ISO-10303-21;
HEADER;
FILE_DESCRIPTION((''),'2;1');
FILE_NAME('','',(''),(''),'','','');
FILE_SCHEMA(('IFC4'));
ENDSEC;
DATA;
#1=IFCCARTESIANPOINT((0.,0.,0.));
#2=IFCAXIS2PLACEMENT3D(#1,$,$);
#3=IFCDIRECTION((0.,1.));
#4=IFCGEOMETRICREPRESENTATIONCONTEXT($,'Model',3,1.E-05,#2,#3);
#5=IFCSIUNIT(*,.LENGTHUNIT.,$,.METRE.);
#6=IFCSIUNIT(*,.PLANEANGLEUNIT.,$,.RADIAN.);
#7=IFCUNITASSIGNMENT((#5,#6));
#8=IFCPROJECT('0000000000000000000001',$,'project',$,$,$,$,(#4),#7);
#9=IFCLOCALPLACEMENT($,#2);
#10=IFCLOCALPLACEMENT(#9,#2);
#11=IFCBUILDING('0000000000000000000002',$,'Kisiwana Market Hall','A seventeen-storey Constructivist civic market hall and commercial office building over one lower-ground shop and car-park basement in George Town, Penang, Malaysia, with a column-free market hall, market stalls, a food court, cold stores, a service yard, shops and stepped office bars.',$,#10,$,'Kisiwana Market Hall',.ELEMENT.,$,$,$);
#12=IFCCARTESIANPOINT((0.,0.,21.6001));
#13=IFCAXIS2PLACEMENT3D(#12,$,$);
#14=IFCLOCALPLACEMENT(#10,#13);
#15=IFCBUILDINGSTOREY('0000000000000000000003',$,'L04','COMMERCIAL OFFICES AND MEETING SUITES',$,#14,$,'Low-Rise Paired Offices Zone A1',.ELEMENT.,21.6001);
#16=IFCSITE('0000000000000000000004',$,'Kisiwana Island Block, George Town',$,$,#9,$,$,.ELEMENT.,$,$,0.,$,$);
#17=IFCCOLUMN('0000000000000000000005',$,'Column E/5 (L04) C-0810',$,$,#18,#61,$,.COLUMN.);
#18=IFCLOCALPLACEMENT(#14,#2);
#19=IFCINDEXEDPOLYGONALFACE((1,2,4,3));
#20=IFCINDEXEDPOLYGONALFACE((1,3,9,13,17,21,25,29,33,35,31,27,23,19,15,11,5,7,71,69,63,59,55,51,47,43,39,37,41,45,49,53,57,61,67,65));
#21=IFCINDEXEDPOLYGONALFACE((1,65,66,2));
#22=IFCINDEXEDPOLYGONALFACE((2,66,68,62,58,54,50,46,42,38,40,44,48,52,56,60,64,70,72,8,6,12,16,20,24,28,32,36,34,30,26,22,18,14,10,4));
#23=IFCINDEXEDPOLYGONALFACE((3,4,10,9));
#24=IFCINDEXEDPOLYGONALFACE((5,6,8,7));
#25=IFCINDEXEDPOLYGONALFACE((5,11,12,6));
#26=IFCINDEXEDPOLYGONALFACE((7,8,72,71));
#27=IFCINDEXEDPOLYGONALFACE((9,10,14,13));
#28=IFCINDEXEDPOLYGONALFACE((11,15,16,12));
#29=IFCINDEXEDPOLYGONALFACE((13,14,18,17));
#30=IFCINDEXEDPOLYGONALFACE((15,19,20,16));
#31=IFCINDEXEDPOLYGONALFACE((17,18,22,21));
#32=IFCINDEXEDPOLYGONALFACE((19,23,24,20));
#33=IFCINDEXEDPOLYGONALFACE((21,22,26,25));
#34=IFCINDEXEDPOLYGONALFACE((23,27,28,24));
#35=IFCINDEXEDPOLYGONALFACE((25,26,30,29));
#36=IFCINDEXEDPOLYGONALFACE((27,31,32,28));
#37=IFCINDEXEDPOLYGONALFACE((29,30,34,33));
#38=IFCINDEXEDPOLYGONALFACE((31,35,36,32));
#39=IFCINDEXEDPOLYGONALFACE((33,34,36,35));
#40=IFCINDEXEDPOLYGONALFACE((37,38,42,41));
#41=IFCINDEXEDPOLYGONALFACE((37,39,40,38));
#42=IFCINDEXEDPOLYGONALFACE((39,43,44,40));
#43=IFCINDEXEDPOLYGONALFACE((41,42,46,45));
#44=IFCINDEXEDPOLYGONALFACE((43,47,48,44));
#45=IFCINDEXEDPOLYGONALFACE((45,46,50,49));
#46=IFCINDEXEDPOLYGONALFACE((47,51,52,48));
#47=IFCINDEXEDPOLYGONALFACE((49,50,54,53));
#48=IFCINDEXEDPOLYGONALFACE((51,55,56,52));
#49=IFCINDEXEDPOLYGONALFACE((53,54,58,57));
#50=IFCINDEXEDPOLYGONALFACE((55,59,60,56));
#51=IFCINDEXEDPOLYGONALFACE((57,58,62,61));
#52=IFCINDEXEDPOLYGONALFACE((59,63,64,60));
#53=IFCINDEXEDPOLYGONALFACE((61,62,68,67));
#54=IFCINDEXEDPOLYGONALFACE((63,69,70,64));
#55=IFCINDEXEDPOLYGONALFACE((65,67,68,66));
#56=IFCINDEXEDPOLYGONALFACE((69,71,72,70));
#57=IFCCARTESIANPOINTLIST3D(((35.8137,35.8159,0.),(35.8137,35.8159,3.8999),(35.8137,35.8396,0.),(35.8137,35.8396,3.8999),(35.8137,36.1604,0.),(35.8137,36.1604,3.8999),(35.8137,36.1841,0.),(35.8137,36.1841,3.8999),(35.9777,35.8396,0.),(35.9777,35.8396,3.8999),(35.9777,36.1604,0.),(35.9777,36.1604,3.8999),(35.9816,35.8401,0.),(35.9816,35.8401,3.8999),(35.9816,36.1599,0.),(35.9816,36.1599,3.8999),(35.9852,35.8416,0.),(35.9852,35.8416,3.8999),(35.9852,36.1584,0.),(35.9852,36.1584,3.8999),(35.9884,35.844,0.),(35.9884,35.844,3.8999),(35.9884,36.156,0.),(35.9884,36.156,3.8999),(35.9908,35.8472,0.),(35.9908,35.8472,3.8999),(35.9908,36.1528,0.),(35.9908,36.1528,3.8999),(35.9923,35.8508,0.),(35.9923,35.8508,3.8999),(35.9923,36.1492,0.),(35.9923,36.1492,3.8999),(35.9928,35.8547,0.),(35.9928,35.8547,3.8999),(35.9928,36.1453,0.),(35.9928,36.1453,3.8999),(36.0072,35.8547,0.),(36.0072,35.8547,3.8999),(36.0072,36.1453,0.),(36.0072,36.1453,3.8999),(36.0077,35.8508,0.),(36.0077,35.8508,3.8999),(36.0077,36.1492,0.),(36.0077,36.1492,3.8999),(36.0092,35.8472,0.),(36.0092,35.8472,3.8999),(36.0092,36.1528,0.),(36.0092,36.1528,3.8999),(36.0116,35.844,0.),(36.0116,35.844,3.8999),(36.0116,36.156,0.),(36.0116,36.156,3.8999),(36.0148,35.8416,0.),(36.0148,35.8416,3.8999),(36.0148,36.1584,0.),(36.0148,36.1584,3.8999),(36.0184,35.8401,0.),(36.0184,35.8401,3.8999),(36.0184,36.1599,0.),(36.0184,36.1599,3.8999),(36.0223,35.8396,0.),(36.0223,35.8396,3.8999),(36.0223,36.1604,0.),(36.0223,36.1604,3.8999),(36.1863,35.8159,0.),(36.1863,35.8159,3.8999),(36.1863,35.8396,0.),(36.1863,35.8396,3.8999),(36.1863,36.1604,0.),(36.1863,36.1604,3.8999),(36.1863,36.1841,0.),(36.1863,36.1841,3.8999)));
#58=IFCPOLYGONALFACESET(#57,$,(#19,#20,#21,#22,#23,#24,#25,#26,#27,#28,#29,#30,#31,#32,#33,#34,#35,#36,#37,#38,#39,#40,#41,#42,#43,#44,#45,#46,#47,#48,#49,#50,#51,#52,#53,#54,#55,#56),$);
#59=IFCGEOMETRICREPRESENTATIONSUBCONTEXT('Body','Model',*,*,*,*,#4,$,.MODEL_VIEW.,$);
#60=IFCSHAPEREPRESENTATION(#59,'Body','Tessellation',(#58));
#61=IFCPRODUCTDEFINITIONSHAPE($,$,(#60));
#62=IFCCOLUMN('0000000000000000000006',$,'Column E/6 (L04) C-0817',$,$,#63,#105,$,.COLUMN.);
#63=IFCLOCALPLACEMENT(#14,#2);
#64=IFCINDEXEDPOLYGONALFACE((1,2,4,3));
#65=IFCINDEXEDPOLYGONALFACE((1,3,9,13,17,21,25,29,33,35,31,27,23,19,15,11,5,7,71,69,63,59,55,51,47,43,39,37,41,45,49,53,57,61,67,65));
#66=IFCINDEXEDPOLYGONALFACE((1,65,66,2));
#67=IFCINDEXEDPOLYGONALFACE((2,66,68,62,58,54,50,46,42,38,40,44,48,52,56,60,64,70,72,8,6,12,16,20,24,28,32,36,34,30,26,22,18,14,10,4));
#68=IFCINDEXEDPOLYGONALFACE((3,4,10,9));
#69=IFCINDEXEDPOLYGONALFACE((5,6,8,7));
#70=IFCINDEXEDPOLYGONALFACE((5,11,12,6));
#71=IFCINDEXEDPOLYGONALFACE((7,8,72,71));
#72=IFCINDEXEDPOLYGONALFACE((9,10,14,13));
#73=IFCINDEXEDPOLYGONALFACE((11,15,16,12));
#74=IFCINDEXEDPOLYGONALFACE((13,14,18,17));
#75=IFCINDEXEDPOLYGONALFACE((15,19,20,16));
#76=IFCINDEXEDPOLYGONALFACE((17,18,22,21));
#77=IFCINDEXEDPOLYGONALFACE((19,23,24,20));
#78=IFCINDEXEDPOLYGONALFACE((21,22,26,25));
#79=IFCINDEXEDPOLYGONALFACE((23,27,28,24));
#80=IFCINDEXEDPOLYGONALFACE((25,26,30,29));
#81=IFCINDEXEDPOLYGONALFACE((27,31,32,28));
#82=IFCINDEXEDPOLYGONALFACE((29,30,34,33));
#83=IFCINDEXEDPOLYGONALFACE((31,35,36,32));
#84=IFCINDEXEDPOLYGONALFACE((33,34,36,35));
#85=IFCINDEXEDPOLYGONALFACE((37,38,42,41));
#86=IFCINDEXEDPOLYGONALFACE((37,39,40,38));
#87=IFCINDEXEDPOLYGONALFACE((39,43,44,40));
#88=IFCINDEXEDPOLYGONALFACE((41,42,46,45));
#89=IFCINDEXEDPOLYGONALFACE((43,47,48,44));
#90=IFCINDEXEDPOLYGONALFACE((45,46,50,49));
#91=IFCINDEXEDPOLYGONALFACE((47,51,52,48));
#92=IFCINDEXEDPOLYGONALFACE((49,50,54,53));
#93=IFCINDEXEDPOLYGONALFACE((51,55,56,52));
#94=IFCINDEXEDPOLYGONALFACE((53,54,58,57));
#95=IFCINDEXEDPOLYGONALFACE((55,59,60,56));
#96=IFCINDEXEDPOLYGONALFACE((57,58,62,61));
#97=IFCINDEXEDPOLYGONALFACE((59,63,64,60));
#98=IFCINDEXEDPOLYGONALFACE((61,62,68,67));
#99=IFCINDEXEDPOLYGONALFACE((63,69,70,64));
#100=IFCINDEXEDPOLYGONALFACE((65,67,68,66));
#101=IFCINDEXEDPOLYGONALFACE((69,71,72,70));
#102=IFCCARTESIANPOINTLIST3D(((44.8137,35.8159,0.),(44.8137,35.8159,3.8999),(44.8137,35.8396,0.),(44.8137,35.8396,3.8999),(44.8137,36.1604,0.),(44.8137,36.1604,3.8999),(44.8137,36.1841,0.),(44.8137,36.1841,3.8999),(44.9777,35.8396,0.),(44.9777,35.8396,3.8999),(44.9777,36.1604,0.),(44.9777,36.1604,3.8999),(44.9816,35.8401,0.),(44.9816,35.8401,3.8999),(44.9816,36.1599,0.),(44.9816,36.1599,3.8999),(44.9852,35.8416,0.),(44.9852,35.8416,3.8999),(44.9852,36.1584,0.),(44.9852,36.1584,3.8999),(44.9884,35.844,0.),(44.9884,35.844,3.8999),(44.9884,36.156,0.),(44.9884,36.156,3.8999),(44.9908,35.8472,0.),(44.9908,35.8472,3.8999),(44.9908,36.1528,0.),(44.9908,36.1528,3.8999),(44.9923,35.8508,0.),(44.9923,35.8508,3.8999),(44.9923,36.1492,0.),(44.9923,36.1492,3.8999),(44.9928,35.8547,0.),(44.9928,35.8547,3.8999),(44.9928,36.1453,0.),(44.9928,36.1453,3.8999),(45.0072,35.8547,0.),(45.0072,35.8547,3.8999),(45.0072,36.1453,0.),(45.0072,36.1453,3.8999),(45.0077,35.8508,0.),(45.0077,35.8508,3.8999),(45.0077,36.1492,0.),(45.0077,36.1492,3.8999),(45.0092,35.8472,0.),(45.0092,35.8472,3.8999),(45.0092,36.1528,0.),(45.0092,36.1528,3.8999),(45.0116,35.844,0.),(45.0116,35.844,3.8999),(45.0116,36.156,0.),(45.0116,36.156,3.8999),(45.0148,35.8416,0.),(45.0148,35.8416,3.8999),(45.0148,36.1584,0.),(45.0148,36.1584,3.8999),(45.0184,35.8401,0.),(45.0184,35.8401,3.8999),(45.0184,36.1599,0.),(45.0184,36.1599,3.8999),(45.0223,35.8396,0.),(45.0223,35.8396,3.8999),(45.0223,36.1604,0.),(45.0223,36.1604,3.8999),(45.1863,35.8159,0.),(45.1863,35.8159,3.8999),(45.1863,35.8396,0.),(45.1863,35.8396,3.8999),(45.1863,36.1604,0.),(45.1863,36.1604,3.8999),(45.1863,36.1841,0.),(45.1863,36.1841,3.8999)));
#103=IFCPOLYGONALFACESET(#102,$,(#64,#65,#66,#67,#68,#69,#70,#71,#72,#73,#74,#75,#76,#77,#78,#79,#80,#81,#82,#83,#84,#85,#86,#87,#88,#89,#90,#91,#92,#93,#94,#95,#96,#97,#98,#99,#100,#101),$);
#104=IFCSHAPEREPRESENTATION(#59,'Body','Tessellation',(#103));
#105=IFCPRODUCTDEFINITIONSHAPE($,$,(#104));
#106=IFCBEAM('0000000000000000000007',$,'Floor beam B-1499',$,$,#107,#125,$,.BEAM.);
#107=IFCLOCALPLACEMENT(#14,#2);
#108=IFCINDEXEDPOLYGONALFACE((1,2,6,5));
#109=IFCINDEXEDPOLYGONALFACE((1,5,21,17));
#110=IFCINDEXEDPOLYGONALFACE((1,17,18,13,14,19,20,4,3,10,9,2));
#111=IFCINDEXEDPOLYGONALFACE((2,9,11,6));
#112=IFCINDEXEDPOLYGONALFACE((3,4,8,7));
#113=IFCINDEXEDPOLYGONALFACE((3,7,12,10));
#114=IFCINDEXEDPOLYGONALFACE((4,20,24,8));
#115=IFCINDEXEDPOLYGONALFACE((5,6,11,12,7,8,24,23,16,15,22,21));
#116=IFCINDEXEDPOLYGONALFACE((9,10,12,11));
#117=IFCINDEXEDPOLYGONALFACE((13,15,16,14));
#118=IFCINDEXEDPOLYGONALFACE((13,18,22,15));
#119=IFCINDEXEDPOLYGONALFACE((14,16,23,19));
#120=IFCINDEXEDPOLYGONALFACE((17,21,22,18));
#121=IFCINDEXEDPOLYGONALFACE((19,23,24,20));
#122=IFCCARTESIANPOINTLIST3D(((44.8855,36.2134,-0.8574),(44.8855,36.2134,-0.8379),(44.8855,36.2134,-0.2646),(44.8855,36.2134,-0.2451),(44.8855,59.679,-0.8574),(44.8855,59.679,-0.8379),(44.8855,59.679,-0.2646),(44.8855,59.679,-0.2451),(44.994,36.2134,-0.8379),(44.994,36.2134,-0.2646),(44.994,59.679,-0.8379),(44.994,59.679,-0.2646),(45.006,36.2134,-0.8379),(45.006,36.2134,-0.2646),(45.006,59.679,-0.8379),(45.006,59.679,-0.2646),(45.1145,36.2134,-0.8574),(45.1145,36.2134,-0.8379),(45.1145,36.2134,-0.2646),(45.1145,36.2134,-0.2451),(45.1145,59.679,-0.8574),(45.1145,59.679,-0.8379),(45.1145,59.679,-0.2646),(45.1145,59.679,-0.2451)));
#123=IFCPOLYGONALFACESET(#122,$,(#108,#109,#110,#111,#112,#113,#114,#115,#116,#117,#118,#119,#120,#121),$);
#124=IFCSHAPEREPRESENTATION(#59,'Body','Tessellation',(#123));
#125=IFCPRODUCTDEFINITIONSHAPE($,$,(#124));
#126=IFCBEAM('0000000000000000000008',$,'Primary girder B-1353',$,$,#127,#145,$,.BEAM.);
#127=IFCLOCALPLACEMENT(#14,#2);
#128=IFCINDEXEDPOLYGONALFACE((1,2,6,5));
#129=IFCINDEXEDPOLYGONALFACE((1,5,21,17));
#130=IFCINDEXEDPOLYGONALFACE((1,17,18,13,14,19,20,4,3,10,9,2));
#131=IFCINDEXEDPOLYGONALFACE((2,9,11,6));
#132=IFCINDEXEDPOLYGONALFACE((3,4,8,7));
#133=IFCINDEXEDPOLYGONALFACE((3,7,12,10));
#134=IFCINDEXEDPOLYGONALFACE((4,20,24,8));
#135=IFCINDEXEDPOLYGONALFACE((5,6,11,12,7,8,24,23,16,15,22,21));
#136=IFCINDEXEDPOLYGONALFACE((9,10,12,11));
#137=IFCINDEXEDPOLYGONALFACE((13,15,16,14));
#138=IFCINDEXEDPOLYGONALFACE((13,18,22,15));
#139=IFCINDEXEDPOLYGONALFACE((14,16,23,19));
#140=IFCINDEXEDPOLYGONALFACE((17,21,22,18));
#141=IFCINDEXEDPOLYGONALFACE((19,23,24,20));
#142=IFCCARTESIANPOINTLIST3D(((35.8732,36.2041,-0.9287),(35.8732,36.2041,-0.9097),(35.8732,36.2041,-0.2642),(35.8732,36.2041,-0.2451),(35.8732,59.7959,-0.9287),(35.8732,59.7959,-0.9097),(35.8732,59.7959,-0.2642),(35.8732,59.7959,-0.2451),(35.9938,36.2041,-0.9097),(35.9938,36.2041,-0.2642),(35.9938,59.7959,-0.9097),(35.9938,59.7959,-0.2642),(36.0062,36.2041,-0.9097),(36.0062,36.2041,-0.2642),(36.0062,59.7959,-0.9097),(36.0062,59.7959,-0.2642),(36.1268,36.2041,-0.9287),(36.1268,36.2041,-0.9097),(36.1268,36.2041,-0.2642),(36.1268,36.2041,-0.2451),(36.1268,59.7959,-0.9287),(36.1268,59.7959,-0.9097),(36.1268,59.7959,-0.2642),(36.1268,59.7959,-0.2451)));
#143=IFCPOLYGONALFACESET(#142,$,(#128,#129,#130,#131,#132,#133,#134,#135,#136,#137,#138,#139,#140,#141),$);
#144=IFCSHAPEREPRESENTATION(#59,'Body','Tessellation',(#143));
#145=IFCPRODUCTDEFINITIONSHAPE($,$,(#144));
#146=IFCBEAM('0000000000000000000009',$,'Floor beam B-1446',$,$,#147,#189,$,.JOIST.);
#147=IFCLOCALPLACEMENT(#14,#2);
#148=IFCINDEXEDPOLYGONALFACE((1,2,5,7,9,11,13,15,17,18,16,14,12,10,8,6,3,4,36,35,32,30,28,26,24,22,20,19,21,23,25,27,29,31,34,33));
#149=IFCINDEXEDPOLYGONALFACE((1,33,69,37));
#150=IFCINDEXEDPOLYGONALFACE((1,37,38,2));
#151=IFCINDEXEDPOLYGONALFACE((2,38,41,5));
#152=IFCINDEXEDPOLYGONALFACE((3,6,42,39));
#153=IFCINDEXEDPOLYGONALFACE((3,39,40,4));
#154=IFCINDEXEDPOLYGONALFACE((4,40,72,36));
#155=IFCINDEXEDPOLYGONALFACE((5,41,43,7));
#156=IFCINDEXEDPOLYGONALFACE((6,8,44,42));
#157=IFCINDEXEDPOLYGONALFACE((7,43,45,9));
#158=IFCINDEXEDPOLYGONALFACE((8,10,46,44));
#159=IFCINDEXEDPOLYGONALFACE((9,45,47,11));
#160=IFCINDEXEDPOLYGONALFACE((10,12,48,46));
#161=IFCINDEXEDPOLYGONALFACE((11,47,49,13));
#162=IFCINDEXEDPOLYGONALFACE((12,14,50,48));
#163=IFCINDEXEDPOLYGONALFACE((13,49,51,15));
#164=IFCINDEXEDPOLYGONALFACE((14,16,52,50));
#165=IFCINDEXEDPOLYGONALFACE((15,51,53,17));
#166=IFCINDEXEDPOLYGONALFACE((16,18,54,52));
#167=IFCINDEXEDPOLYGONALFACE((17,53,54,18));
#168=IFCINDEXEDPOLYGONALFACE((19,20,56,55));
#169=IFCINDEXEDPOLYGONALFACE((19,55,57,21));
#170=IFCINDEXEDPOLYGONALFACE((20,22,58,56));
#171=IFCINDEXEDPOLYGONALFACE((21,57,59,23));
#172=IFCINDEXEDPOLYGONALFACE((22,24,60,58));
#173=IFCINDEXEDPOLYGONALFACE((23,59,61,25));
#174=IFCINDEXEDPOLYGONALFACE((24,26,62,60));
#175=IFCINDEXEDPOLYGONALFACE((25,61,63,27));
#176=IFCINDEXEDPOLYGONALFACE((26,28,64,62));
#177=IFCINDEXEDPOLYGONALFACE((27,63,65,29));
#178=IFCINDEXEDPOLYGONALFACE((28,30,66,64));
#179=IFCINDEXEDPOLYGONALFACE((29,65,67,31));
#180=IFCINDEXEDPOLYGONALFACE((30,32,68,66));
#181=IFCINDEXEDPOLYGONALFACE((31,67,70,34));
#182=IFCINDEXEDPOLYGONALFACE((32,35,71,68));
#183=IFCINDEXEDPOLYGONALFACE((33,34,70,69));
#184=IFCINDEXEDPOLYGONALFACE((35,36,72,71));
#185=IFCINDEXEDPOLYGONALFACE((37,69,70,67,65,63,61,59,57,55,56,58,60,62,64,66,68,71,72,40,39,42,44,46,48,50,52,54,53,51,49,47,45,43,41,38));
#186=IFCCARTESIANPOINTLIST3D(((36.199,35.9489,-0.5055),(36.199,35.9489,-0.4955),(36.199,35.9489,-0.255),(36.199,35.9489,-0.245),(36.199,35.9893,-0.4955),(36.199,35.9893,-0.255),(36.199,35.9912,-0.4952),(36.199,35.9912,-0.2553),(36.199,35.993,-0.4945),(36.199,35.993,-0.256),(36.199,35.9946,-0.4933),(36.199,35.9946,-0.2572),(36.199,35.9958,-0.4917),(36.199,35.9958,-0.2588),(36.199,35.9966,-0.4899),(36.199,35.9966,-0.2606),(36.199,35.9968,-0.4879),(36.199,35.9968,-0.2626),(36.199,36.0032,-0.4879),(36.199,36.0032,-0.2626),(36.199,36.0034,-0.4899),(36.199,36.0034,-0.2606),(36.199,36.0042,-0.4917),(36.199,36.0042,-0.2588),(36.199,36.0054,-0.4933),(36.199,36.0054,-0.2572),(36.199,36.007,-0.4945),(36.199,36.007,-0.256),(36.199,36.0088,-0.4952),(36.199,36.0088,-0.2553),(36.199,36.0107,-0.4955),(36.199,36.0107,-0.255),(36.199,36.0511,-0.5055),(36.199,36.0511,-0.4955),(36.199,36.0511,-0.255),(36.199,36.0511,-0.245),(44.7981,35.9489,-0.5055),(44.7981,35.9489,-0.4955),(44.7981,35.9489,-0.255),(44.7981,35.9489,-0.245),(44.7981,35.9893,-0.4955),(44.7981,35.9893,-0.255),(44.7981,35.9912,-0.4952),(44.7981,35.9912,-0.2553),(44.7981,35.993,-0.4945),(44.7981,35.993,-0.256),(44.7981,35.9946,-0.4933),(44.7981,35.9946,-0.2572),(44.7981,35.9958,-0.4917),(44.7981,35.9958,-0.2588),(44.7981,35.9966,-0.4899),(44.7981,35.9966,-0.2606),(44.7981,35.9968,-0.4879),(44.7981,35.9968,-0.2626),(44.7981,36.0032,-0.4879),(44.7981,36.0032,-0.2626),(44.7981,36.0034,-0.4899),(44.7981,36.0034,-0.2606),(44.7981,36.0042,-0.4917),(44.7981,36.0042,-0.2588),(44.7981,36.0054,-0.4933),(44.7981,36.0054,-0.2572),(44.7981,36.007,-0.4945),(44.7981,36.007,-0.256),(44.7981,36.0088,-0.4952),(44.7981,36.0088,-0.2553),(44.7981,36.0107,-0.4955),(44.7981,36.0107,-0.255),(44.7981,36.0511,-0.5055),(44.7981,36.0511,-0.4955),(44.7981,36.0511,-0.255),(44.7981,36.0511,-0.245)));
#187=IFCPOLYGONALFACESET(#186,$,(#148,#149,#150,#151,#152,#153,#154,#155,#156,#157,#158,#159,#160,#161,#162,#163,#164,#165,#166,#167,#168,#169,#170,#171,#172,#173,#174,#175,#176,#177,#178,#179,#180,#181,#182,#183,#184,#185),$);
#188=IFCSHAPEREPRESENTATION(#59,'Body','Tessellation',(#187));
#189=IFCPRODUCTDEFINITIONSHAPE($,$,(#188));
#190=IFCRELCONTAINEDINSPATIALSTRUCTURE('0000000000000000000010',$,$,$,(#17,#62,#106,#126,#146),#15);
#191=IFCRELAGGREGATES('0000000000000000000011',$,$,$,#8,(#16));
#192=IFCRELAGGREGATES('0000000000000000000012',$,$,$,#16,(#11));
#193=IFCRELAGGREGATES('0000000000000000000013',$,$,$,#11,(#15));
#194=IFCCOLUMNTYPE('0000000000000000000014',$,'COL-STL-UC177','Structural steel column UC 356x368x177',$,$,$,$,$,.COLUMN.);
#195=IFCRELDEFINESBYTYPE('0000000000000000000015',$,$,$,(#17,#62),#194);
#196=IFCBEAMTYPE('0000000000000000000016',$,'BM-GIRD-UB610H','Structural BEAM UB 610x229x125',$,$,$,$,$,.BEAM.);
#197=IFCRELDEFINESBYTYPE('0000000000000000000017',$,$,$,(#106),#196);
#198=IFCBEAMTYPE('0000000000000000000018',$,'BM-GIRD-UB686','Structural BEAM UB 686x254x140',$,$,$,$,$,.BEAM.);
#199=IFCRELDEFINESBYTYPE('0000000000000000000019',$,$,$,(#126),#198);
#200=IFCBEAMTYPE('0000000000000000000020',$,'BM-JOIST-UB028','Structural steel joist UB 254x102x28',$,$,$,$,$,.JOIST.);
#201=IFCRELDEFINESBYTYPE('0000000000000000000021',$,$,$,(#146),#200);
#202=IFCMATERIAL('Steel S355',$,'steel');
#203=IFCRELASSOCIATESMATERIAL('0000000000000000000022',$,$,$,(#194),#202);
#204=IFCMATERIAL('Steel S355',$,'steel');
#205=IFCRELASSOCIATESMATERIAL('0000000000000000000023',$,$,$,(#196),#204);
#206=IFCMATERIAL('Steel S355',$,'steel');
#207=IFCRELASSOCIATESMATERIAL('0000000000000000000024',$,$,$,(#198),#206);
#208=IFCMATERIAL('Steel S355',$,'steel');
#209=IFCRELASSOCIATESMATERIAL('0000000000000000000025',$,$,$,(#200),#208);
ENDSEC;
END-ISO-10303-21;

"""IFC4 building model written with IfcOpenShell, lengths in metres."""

from ifc_helpers import new_model, si_unit, direction, frame, origin, origin_2d, place, context, subcontext, project, spatial, i_section, extrude, material, material_profile, profile_set, type_object, element, save


model = new_model("IFC4")

# Units and contexts
model_context = context("Model", 3, precision=1e-05, world=origin(), true_north=direction((0.0, 1.0)))
body_context = subcontext(model_context, "Body", "Model", "MODEL_VIEW")
ifc_project = project(units=[si_unit("LENGTHUNIT", "METRE"), si_unit("PLANEANGLEUNIT", "RADIAN")], contexts=[model_context])

# Site, building, storey
site_placement = place(None, origin())
site = spatial("IfcSite", under=ifc_project, at=site_placement, Name="Kisiwana Island Block, George Town", CompositionType="ELEMENT", RefElevation=0.0)
building_placement = place(site_placement, origin())
building = spatial("IfcBuilding", under=site, at=building_placement, Name="Kisiwana Market Hall", Description="A seventeen-storey Constructivist civic market hall and commercial office building over one lower-ground shop and car-park basement in George Town, Penang, Malaysia, with a column-free market hall, market stalls, a food court, cold stores, a service yard, shops and stepped office bars.", LongName="Kisiwana Market Hall", CompositionType="ELEMENT")
storey_placement = place(building_placement, frame((0.0, 0.0, 21.6001)))
storey = spatial("IfcBuildingStorey", under=building, at=storey_placement, Name="L04", Description="COMMERCIAL OFFICES AND MEETING SUITES", LongName="Low-Rise Paired Offices Zone A1", CompositionType="ELEMENT", Elevation=21.6001)

# Columns
ifc_material_1 = material(Name="Steel S355", Category="steel")
ifc_material_profile_1 = material_profile(ifc_material_1, i_section(OverallWidth=0.3726, OverallDepth=0.3682, WebThickness=0.0144, FlangeThickness=0.0237, FilletRadius=0.0151, at=origin_2d()), Name="UC 356x368x177")
ifc_profile_set_1 = profile_set([ifc_material_profile_1], Name="Steel S355")
column_type = type_object("IfcColumnType", Name="COL-STL-UC177", Description="Structural steel column UC 356x368x177", PredefinedType="COLUMN", material=ifc_profile_set_1)
for number, where, z_axis, x_axis, name in (
    (1, (36.0, 36.0, 0.0), (0.0, 0.0, 1.0), (1.0, 0.0, 0.0), "Column E/5 (L04) C-0810"),
    (2, (45.0, 36.0, 0.0), (0.0, 0.0, 1.0), (1.0, 0.0, 0.0), "Column E/6 (L04) C-0817"),
):
    element("IfcColumn", number, at=place(storey_placement, frame(where, z_axis=z_axis, x_axis=x_axis)), inside=storey, type_object=column_type, Name=name, PredefinedType="COLUMN", context=body_context, shape_type="SweptSolid", body=[
        extrude(i_section(OverallWidth=0.3726, OverallDepth=0.3682, WebThickness=0.0144, FlangeThickness=0.0237, FilletRadius=0.0151, at=origin_2d()), origin(), (0.0, 0.0, 1.0), 3.8999),
    ])

# Beams
ifc_material_2 = material(Name="Steel S355", Category="steel")
ifc_material_profile_2 = material_profile(ifc_material_2, i_section(OverallWidth=0.229, OverallDepth=0.6123, WebThickness=0.012, FlangeThickness=0.0195, at=origin_2d()), Name="UB 610x229x125")
ifc_profile_set_2 = profile_set([ifc_material_profile_2], Name="Steel S355")
beam_type_1 = type_object("IfcBeamType", Name="BM-GIRD-UB610H", Description="Structural BEAM UB 610x229x125", PredefinedType="BEAM", material=ifc_profile_set_2)
beam_1_placement = place(storey_placement, frame((45.0, 36.2134, -0.5513), z_axis=(0.0, 1.0, 0.0), x_axis=(-1.0, 0.0, 0.0)))
element("IfcBeam", 3, at=beam_1_placement, inside=storey, type_object=beam_type_1, Name="Floor beam B-1499", PredefinedType="BEAM", context=body_context, shape_type="SweptSolid", body=[
    extrude(i_section(OverallWidth=0.229, OverallDepth=0.6123, WebThickness=0.012, FlangeThickness=0.0195, at=origin_2d()), origin(), (0.0, 0.0, 1.0), 23.4656),
])
ifc_material_3 = material(Name="Steel S355", Category="steel")
ifc_material_profile_3 = material_profile(ifc_material_3, i_section(OverallWidth=0.2537, OverallDepth=0.6836, WebThickness=0.0125, FlangeThickness=0.019, at=origin_2d()), Name="UB 686x254x140")
ifc_profile_set_3 = profile_set([ifc_material_profile_3], Name="Steel S355")
beam_type_2 = type_object("IfcBeamType", Name="BM-GIRD-UB686", Description="Structural BEAM UB 686x254x140", PredefinedType="BEAM", material=ifc_profile_set_3)
beam_2_placement = place(storey_placement, frame((36.0, 36.2041, -0.5869), z_axis=(0.0, 1.0, 0.0), x_axis=(-1.0, 0.0, 0.0)))
element("IfcBeam", 4, at=beam_2_placement, inside=storey, type_object=beam_type_2, Name="Primary girder B-1353", PredefinedType="BEAM", context=body_context, shape_type="SweptSolid", body=[
    extrude(i_section(OverallWidth=0.2537, OverallDepth=0.6836, WebThickness=0.0125, FlangeThickness=0.019, at=origin_2d()), origin(), (0.0, 0.0, 1.0), 23.5918),
])
ifc_material_4 = material(Name="Steel S355", Category="steel")
ifc_material_profile_4 = material_profile(ifc_material_4, i_section(OverallWidth=0.1023, OverallDepth=0.2605, WebThickness=0.0063, FlangeThickness=0.01, FilletRadius=0.0076, at=origin_2d()), Name="UB 254x102x28")
ifc_profile_set_4 = profile_set([ifc_material_profile_4], Name="Steel S355")
beam_type_3 = type_object("IfcBeamType", Name="BM-JOIST-UB028", Description="Structural steel joist UB 254x102x28", PredefinedType="JOIST", material=ifc_profile_set_4)
beam_3_placement = place(storey_placement, frame((36.199, 36.0, -0.3752), z_axis=(1.0, 0.0, 0.0), x_axis=(0.0, 1.0, 0.0)))
element("IfcBeam", 5, at=beam_3_placement, inside=storey, type_object=beam_type_3, Name="Floor beam B-1446", PredefinedType="JOIST", context=body_context, shape_type="SweptSolid", body=[
    extrude(i_section(OverallWidth=0.1023, OverallDepth=0.2605, WebThickness=0.0063, FlangeThickness=0.01, FilletRadius=0.0076, at=origin_2d()), origin(), (0.0, 0.0, 1.0), 8.5991),
])

save(model, "model.ifc")
